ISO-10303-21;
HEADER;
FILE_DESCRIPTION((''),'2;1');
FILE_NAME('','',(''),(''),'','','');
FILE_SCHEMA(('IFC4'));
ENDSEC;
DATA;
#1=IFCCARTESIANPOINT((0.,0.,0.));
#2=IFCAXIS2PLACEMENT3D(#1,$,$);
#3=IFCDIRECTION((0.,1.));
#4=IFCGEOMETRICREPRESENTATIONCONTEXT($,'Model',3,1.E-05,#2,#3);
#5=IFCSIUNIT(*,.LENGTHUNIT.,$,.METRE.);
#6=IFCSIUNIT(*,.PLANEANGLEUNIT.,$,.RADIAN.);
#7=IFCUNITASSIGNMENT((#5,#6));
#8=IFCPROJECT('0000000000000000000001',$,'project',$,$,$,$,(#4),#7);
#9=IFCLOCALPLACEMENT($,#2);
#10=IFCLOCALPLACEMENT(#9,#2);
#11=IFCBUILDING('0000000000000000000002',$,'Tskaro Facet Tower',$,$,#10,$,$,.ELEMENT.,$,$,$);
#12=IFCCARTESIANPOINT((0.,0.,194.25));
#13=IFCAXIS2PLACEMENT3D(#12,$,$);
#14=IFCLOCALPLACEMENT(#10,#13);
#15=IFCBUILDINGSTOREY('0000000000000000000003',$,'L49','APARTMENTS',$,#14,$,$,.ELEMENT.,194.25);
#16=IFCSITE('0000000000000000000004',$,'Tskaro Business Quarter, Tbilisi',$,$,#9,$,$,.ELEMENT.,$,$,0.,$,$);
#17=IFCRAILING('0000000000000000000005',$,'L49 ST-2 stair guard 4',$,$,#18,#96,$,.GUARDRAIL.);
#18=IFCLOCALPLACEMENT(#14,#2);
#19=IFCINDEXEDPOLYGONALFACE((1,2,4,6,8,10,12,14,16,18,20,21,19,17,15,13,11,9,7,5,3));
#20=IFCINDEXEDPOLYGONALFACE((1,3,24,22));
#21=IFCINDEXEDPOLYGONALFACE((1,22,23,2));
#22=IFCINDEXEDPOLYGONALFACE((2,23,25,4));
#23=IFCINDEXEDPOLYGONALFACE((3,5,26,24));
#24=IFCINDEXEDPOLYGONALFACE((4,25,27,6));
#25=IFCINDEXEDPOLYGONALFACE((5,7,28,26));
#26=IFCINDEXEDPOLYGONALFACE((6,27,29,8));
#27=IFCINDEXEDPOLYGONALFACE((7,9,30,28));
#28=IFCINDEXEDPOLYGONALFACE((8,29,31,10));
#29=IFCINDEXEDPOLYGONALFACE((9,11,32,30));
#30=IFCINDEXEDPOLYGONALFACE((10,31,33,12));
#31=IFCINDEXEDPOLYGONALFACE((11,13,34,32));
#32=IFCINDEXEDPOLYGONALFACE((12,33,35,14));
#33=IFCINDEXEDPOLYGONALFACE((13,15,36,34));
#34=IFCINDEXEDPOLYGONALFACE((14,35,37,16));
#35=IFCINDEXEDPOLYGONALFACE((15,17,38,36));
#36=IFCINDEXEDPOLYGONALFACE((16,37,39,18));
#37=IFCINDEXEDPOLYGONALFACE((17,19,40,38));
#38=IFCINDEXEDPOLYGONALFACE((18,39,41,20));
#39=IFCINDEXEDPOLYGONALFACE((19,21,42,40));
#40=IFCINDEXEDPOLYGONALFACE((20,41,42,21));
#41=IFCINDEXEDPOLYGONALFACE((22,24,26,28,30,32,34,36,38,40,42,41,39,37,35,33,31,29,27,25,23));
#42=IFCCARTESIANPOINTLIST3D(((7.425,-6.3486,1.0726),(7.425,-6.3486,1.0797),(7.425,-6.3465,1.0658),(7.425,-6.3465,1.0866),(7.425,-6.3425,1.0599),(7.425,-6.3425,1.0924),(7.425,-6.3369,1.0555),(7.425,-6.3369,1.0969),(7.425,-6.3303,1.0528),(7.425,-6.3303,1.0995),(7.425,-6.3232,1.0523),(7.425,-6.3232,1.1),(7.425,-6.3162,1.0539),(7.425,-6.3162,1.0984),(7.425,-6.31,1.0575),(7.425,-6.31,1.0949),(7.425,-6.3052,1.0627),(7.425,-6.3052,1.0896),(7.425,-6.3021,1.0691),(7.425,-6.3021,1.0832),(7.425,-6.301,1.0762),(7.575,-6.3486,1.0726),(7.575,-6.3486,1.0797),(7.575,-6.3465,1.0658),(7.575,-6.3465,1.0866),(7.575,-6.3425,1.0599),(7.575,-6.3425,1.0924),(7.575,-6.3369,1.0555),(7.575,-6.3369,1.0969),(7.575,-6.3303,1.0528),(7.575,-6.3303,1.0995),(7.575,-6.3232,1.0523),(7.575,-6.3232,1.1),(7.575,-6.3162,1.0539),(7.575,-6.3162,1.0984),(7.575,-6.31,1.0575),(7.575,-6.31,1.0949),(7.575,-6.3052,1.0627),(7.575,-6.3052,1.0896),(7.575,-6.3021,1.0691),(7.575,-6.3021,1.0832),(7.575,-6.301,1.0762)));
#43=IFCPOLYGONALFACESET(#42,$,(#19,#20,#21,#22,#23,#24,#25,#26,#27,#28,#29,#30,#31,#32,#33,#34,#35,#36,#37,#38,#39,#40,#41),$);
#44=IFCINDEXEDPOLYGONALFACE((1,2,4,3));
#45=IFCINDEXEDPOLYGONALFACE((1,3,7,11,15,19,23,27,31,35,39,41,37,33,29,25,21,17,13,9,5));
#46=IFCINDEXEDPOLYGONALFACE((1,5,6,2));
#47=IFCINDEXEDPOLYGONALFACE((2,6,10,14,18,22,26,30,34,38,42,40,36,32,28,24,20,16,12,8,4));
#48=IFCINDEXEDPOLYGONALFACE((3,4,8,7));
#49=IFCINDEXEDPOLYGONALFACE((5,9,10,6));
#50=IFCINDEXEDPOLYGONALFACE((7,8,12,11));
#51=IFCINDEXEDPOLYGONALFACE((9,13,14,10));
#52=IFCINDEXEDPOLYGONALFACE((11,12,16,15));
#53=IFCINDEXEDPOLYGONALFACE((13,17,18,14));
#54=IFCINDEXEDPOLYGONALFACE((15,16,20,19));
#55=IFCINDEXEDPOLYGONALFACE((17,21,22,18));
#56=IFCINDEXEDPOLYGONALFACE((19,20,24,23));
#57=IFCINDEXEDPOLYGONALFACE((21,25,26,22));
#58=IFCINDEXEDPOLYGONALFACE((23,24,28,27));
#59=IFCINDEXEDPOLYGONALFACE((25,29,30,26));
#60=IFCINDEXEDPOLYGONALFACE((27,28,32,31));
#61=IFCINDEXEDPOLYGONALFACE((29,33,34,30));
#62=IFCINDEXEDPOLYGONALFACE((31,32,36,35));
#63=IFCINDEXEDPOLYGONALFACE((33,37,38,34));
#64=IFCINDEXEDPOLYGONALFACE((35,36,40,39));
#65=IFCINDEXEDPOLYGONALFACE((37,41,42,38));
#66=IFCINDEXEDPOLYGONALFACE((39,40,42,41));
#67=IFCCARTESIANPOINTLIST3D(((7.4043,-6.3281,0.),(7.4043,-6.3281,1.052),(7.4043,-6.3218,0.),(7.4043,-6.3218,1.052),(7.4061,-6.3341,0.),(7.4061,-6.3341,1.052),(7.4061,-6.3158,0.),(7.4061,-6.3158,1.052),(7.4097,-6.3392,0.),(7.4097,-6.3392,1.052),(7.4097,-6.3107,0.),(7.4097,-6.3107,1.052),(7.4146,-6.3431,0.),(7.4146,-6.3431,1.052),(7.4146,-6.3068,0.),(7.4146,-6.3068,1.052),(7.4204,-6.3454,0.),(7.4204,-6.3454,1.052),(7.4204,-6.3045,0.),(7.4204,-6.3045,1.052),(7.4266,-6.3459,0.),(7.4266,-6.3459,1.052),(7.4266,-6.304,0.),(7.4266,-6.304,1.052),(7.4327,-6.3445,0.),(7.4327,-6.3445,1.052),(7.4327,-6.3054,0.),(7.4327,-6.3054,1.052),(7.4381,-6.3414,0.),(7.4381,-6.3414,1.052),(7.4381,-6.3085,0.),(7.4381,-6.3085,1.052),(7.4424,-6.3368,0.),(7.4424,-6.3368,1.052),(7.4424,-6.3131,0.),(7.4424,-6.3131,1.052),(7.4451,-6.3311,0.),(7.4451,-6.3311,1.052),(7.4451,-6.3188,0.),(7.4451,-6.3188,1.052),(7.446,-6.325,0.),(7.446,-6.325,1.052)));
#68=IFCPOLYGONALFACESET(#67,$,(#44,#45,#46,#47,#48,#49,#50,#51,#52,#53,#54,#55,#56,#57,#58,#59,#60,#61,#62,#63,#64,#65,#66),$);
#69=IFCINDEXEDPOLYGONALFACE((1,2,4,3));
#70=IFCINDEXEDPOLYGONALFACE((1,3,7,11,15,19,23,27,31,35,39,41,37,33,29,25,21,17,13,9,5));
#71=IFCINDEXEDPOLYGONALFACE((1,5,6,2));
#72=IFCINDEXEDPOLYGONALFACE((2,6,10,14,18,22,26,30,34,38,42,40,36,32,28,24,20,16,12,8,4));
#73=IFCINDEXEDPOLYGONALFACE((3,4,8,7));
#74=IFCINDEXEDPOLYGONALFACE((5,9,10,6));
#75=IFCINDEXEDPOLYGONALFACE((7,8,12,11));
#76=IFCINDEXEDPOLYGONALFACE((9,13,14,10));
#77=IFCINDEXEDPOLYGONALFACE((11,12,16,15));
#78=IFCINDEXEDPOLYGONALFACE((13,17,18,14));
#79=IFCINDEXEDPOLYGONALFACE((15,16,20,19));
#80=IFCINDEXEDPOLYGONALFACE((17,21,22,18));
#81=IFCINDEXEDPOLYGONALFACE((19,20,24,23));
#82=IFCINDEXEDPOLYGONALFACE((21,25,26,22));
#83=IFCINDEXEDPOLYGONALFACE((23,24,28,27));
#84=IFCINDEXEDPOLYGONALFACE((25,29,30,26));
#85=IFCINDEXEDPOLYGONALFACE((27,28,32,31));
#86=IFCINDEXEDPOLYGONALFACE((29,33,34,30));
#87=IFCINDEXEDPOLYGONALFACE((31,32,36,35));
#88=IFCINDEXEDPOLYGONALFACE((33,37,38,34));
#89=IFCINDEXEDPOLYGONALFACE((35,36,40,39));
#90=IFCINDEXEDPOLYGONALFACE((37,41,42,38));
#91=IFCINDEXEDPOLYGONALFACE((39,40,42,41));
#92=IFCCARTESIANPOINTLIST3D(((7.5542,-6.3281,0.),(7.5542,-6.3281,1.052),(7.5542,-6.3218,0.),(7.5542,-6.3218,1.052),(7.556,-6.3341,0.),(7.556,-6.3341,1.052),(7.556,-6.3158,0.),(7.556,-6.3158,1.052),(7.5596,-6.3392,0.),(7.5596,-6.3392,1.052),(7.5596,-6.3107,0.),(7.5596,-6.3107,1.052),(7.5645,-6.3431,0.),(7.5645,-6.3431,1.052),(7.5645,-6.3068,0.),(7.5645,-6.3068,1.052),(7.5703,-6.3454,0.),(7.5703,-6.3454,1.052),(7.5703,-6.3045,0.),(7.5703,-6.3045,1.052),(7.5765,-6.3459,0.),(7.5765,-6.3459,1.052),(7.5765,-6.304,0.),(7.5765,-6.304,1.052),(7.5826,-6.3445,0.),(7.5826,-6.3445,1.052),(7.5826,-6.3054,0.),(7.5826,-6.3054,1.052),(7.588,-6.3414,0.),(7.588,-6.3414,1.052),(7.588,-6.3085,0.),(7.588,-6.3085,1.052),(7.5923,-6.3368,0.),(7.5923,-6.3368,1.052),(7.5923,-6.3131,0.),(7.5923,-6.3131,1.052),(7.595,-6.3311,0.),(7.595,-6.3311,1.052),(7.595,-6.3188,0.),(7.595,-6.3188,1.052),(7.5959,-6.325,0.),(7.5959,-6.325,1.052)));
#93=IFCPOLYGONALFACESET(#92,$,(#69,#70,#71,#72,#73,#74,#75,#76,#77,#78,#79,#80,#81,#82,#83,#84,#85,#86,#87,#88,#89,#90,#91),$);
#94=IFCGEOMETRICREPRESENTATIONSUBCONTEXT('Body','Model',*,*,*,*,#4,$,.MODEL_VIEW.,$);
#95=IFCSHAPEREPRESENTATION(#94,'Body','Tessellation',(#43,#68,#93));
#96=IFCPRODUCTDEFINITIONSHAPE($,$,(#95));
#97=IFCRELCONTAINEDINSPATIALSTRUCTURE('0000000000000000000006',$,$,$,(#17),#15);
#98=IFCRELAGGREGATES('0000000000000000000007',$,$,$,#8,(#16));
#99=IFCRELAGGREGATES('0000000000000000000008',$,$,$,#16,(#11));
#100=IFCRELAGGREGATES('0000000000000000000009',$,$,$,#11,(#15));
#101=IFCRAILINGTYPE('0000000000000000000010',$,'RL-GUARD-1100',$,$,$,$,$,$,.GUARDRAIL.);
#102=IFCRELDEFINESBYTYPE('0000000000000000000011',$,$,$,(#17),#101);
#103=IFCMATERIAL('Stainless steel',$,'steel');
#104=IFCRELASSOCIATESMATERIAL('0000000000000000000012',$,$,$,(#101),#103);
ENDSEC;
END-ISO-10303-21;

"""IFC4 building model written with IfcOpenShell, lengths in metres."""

from ifc_helpers import new_model, si_unit, direction, frame, origin, origin_2d, place, context, subcontext, project, spatial, circle, extrude, material, type_object, element, save


model = new_model("IFC4")

# Units and contexts
model_context = context("Model", 3, precision=1e-05, world=origin(), true_north=direction((0.0, 1.0)))
body_context = subcontext(model_context, "Body", "Model", "MODEL_VIEW")
ifc_project = project(units=[si_unit("LENGTHUNIT", "METRE"), si_unit("PLANEANGLEUNIT", "RADIAN")], contexts=[model_context])

# Site, building, storey
site_placement = place(None, origin())
site = spatial("IfcSite", under=ifc_project, at=site_placement, Name="Tskaro Business Quarter, Tbilisi", CompositionType="ELEMENT", RefElevation=0.0)
building_placement = place(site_placement, origin())
building = spatial("IfcBuilding", under=site, at=building_placement, Name="Tskaro Facet Tower", CompositionType="ELEMENT")
storey_placement = place(building_placement, frame((0.0, 0.0, 194.25)))
storey = spatial("IfcBuildingStorey", under=building, at=storey_placement, Name="L49", Description="APARTMENTS", CompositionType="ELEMENT", Elevation=194.25)

# Shared definitions
ifc_material_1 = material(Name="Stainless steel", Category="steel")

# Railing
railing_type_1 = type_object("IfcRailingType", Name="RL-GUARD-1100", PredefinedType="GUARDRAIL", material=ifc_material_1)
railing_1_placement = place(storey_placement, frame((7.425, -6.325, 0.0)))
element("IfcRailing", 1, at=railing_1_placement, inside=storey, type_object=railing_type_1, Name="L49 ST-2 stair guard 4", PredefinedType="GUARDRAIL", context=body_context, shape_type="SweptSolid", body=[
    extrude(circle(Radius=0.0239, at=origin_2d()), frame((0.0, 0.0, 1.0762), z_axis=(1.0, 0.0, 0.0), x_axis=(0.0, 1.0, 0.0)), (0.0, 0.0, 1.0), 0.1499),
    extrude(circle(Radius=0.021, at=origin_2d()), origin(), (0.0, 0.0, 1.0), 1.052),
    extrude(circle(Radius=0.021, at=origin_2d()), frame((0.1499, 0.0, 0.0)), (0.0, 0.0, 1.0), 1.052),
])

save(model, "model.ifc")
